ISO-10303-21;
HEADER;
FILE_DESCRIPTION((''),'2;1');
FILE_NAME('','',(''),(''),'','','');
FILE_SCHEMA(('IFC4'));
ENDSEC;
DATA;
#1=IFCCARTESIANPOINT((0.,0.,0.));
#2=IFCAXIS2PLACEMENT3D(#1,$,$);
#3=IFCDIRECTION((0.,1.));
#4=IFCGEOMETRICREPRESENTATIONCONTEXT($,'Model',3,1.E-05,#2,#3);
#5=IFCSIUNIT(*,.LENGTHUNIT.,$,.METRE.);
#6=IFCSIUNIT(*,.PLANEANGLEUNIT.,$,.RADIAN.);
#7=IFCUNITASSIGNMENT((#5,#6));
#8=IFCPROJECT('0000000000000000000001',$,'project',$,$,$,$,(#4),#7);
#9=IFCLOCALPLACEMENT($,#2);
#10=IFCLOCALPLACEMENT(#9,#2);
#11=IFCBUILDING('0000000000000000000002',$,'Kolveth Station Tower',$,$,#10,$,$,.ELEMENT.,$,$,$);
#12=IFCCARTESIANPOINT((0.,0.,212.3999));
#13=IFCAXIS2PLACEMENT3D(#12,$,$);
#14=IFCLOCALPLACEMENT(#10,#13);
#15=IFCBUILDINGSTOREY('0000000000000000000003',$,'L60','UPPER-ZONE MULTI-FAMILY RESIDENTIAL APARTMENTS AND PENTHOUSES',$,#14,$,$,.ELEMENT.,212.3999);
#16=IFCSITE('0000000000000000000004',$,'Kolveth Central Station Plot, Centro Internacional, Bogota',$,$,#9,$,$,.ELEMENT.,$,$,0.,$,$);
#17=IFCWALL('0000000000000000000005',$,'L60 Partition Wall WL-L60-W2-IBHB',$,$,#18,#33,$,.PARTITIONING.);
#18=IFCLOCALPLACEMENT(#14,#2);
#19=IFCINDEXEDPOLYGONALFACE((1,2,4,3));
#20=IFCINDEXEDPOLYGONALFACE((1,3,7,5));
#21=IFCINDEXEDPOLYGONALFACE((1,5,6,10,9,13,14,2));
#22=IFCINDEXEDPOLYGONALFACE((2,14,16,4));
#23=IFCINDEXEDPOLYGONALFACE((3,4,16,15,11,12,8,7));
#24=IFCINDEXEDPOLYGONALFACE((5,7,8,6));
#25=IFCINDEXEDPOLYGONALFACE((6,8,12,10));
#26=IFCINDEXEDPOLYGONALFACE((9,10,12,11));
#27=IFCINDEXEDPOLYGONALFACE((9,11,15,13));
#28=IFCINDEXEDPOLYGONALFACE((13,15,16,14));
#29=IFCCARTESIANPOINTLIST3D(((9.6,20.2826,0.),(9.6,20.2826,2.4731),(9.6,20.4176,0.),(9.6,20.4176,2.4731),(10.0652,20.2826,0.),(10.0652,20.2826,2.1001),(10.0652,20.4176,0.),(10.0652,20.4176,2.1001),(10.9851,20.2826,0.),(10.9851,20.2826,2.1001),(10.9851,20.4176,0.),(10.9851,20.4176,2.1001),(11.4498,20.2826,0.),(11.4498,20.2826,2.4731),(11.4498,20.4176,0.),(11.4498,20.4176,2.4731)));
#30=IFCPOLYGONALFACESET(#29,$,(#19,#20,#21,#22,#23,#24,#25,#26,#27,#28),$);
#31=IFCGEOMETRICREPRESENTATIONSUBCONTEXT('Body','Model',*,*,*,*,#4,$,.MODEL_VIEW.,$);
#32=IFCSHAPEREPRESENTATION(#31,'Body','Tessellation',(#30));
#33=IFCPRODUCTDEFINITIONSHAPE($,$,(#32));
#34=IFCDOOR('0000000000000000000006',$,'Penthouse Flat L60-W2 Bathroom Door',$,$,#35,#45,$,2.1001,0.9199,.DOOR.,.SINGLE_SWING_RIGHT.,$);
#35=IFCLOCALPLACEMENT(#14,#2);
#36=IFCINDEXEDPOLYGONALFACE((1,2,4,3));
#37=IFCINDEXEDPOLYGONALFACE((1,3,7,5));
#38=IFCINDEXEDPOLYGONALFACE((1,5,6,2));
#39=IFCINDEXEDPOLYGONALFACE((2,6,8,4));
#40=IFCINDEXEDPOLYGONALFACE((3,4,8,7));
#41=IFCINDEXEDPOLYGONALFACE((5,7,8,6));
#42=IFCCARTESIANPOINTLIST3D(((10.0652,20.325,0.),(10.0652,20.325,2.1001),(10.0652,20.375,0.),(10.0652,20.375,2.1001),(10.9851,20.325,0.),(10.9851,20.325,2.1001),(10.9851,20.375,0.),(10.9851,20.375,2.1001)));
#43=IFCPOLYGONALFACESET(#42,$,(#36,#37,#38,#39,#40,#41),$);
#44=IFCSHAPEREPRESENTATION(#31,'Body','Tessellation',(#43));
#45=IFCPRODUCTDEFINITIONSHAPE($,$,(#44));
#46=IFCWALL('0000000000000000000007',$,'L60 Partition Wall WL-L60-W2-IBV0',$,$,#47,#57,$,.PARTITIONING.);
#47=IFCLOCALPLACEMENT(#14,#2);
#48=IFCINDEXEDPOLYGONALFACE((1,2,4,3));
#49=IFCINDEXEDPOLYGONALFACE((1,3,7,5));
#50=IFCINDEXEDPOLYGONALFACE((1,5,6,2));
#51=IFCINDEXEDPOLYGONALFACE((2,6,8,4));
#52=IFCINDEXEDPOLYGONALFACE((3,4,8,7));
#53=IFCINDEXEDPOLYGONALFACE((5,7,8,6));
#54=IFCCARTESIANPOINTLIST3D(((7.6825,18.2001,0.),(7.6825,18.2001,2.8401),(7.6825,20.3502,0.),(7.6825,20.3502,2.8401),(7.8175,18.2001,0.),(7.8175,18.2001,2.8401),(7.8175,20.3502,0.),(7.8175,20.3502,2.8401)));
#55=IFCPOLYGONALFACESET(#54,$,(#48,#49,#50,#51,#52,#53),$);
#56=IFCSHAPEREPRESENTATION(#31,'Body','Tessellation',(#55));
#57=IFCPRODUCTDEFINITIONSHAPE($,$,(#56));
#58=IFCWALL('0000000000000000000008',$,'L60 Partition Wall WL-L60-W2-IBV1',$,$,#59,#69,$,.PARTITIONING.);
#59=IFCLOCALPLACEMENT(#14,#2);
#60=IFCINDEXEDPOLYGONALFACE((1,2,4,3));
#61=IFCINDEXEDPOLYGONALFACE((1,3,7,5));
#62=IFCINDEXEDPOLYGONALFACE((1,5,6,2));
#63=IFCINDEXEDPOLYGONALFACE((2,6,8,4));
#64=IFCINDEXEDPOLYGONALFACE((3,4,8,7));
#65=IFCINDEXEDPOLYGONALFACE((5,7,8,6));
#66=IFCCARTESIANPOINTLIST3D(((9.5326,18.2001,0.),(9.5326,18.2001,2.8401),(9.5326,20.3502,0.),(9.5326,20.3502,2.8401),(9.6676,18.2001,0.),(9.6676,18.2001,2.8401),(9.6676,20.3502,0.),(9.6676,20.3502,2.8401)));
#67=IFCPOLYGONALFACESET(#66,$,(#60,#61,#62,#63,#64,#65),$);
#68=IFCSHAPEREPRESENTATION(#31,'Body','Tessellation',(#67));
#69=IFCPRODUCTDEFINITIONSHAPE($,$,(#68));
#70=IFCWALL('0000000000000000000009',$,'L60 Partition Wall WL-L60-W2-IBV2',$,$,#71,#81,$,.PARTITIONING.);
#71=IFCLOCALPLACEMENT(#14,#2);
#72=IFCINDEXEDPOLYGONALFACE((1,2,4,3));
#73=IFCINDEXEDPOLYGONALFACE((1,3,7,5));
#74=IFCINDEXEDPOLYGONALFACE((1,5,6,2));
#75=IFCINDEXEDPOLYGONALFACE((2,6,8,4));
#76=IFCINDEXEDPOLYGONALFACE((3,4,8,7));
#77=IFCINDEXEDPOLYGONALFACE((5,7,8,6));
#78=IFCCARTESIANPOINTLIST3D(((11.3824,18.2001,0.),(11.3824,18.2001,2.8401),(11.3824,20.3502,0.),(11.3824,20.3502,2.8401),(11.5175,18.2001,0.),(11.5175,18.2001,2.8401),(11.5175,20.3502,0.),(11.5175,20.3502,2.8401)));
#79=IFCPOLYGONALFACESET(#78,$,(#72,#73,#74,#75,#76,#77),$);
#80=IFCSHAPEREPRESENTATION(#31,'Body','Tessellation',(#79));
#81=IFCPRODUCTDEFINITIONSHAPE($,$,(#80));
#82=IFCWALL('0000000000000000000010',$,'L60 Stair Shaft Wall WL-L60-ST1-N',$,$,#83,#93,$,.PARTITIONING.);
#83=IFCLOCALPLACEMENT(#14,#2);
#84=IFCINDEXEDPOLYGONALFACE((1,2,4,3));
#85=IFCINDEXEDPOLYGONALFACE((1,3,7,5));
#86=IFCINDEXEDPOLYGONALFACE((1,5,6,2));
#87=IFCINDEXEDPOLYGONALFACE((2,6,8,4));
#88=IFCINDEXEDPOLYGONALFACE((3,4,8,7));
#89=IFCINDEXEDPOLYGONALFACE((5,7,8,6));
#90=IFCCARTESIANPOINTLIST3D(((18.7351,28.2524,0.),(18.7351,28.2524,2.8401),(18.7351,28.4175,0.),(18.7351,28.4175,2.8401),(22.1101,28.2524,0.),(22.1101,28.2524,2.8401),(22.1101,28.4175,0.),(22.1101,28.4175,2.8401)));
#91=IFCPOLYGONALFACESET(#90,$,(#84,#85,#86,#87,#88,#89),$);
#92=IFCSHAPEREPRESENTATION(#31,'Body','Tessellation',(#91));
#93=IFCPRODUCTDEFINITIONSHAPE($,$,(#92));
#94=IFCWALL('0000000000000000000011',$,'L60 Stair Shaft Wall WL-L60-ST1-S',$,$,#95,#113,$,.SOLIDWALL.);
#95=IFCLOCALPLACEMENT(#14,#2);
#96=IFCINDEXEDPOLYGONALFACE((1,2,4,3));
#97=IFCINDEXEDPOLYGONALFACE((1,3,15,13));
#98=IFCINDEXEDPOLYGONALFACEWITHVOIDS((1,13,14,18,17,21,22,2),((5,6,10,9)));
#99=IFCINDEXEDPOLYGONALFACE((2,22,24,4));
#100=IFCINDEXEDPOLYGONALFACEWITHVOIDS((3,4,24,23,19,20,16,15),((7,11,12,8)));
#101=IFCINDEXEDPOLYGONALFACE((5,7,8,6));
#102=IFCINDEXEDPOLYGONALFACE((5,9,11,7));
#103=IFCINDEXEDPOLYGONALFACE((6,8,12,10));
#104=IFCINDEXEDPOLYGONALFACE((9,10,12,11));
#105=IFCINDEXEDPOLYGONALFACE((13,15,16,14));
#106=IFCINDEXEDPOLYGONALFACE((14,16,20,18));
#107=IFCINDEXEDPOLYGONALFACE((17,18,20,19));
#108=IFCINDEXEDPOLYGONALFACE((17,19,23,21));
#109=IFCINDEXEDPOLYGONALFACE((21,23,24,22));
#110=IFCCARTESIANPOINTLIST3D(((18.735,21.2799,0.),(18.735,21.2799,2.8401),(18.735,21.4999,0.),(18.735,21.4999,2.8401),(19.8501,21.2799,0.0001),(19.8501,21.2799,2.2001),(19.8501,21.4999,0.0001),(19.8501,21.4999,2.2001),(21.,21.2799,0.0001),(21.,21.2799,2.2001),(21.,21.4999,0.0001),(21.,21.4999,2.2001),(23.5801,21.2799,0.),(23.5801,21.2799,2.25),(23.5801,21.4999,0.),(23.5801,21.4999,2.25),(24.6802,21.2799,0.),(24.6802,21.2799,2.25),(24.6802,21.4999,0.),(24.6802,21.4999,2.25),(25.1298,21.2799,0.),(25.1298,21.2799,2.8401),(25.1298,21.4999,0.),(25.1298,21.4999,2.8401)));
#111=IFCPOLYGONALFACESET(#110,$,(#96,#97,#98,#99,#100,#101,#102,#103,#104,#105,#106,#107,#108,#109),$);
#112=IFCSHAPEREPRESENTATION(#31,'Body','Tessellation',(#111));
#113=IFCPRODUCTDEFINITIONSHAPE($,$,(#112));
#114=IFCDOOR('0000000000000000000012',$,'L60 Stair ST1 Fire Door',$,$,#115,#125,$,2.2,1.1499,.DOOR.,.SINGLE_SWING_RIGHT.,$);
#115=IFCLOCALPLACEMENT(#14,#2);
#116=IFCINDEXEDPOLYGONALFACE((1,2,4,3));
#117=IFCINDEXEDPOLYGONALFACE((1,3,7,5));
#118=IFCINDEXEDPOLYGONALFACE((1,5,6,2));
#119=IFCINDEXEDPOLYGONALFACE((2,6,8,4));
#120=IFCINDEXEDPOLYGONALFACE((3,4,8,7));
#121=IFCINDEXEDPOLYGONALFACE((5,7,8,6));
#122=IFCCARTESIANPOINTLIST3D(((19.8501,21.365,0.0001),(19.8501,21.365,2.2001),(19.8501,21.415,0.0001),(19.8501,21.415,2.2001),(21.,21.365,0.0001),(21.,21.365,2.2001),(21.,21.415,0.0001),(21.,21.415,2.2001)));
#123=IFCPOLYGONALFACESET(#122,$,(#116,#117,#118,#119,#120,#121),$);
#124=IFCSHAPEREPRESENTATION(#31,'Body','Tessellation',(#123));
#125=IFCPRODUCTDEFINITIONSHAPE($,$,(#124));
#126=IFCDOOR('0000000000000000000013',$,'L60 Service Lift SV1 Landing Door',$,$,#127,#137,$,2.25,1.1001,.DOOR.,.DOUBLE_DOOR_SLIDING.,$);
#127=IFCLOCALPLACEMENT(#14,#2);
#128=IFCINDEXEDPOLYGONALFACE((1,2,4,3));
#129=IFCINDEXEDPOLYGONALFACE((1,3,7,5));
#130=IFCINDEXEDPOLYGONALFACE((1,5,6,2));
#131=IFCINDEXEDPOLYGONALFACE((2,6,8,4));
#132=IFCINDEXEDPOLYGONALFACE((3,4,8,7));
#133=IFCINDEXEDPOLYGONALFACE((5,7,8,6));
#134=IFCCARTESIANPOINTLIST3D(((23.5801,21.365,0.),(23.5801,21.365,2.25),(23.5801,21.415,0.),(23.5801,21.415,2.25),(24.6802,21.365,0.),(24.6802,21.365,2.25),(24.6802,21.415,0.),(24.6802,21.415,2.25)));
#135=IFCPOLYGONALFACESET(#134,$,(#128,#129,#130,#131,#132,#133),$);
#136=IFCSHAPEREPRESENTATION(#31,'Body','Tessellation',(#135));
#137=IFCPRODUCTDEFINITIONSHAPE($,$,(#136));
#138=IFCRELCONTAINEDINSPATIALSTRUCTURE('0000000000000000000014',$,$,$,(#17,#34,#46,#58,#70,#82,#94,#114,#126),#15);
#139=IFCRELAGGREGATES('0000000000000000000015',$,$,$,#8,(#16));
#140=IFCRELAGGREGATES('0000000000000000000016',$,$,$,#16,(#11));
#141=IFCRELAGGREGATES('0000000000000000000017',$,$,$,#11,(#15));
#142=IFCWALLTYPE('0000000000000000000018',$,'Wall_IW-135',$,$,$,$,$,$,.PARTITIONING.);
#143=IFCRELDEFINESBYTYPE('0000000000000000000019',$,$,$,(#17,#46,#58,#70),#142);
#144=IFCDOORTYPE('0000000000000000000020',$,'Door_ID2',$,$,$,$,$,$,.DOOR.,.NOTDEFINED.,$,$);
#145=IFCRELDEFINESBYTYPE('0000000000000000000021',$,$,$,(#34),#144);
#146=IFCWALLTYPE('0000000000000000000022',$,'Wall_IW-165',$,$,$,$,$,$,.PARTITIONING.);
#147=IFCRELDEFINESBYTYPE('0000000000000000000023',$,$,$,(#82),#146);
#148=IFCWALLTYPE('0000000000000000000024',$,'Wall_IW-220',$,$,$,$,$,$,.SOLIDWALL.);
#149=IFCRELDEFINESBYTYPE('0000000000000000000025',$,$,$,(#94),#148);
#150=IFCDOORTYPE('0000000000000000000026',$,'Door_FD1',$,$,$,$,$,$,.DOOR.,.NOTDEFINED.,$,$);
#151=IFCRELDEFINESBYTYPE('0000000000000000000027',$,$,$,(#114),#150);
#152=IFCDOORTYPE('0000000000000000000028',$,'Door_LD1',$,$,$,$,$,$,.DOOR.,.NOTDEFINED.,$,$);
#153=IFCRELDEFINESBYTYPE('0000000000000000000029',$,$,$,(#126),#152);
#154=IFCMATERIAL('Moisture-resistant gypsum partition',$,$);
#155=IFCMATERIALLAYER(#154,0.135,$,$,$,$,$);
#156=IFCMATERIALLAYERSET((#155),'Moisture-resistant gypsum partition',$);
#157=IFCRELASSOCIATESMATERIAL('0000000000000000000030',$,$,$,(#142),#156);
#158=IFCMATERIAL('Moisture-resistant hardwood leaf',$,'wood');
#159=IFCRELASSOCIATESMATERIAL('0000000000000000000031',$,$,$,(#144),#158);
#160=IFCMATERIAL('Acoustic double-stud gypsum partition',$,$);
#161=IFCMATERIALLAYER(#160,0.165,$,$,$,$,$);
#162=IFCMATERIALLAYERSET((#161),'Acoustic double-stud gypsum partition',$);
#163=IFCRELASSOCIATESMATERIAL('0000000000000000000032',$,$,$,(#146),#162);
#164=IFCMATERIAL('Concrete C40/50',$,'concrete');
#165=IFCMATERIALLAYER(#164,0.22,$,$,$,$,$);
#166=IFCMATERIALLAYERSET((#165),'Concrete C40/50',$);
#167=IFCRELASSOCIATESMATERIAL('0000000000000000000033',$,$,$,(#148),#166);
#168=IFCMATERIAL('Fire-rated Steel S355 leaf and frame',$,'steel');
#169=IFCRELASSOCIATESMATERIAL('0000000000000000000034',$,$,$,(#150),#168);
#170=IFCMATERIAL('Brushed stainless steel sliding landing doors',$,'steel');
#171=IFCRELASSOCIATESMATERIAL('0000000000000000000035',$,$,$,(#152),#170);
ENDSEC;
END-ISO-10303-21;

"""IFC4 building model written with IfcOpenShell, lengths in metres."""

from ifc_helpers import new_model, si_unit, direction, frame, frame_2d, origin, place, context, subcontext, project, spatial, rectangle, extrude, material, layer, layer_set, type_object, element, fill, save


model = new_model("IFC4")

# Units and contexts
model_context = context("Model", 3, precision=1e-05, world=origin(), true_north=direction((0.0, 1.0)))
body_context = subcontext(model_context, "Body", "Model", "MODEL_VIEW")
ifc_project = project(units=[si_unit("LENGTHUNIT", "METRE"), si_unit("PLANEANGLEUNIT", "RADIAN")], contexts=[model_context])

# Site, building, storey
site_placement = place(None, origin())
site = spatial("IfcSite", under=ifc_project, at=site_placement, Name="Kolveth Central Station Plot, Centro Internacional, Bogota", CompositionType="ELEMENT", RefElevation=0.0)
building_placement = place(site_placement, origin())
building = spatial("IfcBuilding", under=site, at=building_placement, Name="Kolveth Station Tower", CompositionType="ELEMENT")
storey_placement = place(building_placement, frame((0.0, 0.0, 212.3999)))
storey = spatial("IfcBuildingStorey", under=building, at=storey_placement, Name="L60", Description="UPPER-ZONE MULTI-FAMILY RESIDENTIAL APARTMENTS AND PENTHOUSES", CompositionType="ELEMENT", Elevation=212.3999)

# Wall, opening, door
ifc_material_1 = material(Name="Moisture-resistant gypsum partition")
ifc_layer_1 = layer(ifc_material_1, 0.135)
ifc_layer_set_1 = layer_set([ifc_layer_1], Name="Moisture-resistant gypsum partition")
wall_type_1 = type_object("IfcWallType", Name="Wall_IW-135", PredefinedType="PARTITIONING", material=ifc_layer_set_1)
wall_1_placement = place(storey_placement, frame((9.6001, 20.3501, 0.0), z_axis=(0.0, 0.0, 1.0), x_axis=(1.0, 0.0, 0.0)))
wall_1 = element("IfcWall", 1, at=wall_1_placement, inside=storey, type_object=wall_type_1, Name="L60 Partition Wall WL-L60-W2-IBHB", PredefinedType="PARTITIONING", context=body_context, shape_type="SweptSolid", body=[
    extrude(rectangle(XDim=1.8499, YDim=0.135, at=frame_2d((0.9248, 0.0))), origin(), (0.0, 0.0, 1.0), 2.4731),
])
opening_1_placement = place(wall_1_placement, frame((0.4651, 0.0, 0.0)))
opening_1 = element("IfcOpeningElement", 2, at=opening_1_placement, cuts=wall_1, PredefinedType="OPENING", context=body_context, shape_type="SweptSolid", body=[
    extrude(rectangle(XDim=0.9199, YDim=2.1001, at=frame_2d((0.46, 1.05))), frame((0.0, 0.0774, 0.0), z_axis=(0.0, -1.0, 0.0), x_axis=(1.0, 0.0, 0.0)), (0.0, 0.0, 1.0), 0.155),
])
ifc_material_2 = material(Name="Moisture-resistant hardwood leaf", Category="wood")
door_type_1 = type_object("IfcDoorType", Name="Door_ID2", OperationType="NOTDEFINED", PredefinedType="DOOR", material=ifc_material_2)
door_1_placement = place(opening_1_placement, origin())
door_1 = element("IfcDoor", 3, at=door_1_placement, inside=storey, type_object=door_type_1, Name="Penthouse Flat L60-W2 Bathroom Door", OperationType="SINGLE_SWING_RIGHT", OverallHeight=2.1001, OverallWidth=0.9199, PredefinedType="DOOR", context=body_context, shape_type="SweptSolid", body=[
    extrude(rectangle(XDim=0.9199, YDim=2.1001, at=frame_2d((0.46, 1.05))), frame((0.0, 0.0249, 0.0), z_axis=(0.0, -1.0, 0.0), x_axis=(1.0, 0.0, 0.0)), (0.0, 0.0, 1.0), 0.05),
])
fill(opening_1, door_1)

# Walls
for number, where, z_axis, x_axis, name in (
    (4, (7.75, 18.2, 0.0), (0.0, 0.0, 1.0), (0.0, 1.0, 0.0), "L60 Partition Wall WL-L60-W2-IBV0"),
    (5, (9.6001, 18.2, 0.0), (0.0, 0.0, 1.0), (0.0, 1.0, 0.0), "L60 Partition Wall WL-L60-W2-IBV1"),
    (6, (11.45, 18.2, 0.0), (0.0, 0.0, 1.0), (0.0, 1.0, 0.0), "L60 Partition Wall WL-L60-W2-IBV2"),
):
    element("IfcWall", number, at=place(storey_placement, frame(where, z_axis=z_axis, x_axis=x_axis)), inside=storey, type_object=wall_type_1, Name=name, PredefinedType="PARTITIONING", context=body_context, shape_type="SweptSolid", body=[
        extrude(rectangle(XDim=2.1501, YDim=0.135, at=frame_2d((1.0752, 0.0))), origin(), (0.0, 0.0, 1.0), 2.8401),
    ])
ifc_material_3 = material(Name="Acoustic double-stud gypsum partition")
ifc_layer_2 = layer(ifc_material_3, 0.165)
ifc_layer_set_2 = layer_set([ifc_layer_2], Name="Acoustic double-stud gypsum partition")
wall_type_2 = type_object("IfcWallType", Name="Wall_IW-165", PredefinedType="PARTITIONING", material=ifc_layer_set_2)
wall_2_placement = place(storey_placement, frame((18.7351, 28.335, 0.0), z_axis=(0.0, 0.0, 1.0), x_axis=(1.0, 0.0, 0.0)))
element("IfcWall", 7, at=wall_2_placement, inside=storey, type_object=wall_type_2, Name="L60 Stair Shaft Wall WL-L60-ST1-N", PredefinedType="PARTITIONING", context=body_context, shape_type="SweptSolid", body=[
    extrude(rectangle(XDim=3.375, YDim=0.165, at=frame_2d((1.6875, 0.0))), origin(), (0.0, 0.0, 1.0), 2.8401),
])

# Wall, openings, doors
ifc_material_4 = material(Name="Concrete C40/50", Category="concrete")
ifc_layer_3 = layer(ifc_material_4, 0.22)
ifc_layer_set_3 = layer_set([ifc_layer_3], Name="Concrete C40/50")
wall_type_3 = type_object("IfcWallType", Name="Wall_IW-220", PredefinedType="SOLIDWALL", material=ifc_layer_set_3)
wall_3_placement = place(storey_placement, frame((18.7351, 21.3899, 0.0), z_axis=(0.0, 0.0, 1.0), x_axis=(1.0, 0.0, 0.0)))
wall_3 = element("IfcWall", 8, at=wall_3_placement, inside=storey, type_object=wall_type_3, Name="L60 Stair Shaft Wall WL-L60-ST1-S", PredefinedType="SOLIDWALL", context=body_context, shape_type="SweptSolid", body=[
    extrude(rectangle(XDim=6.3948, YDim=0.22, at=frame_2d((3.1973, 0.0))), origin(), (0.0, 0.0, 1.0), 2.8401),
])
opening_2_placement = place(wall_3_placement, frame((1.115, 0.0, 0.0)))
opening_2 = element("IfcOpeningElement", 9, at=opening_2_placement, cuts=wall_3, PredefinedType="OPENING", context=body_context, shape_type="SweptSolid", body=[
    extrude(rectangle(XDim=1.1499, YDim=2.2, at=frame_2d((0.575, 1.1001))), frame((0.0, 0.1199, 0.0), z_axis=(0.0, -1.0, 0.0), x_axis=(1.0, 0.0, 0.0)), (0.0, 0.0, 1.0), 0.24),
])
opening_3_placement = place(wall_3_placement, frame((4.845, 0.0, 0.0)))
opening_3 = element("IfcOpeningElement", 10, at=opening_3_placement, cuts=wall_3, PredefinedType="OPENING", context=body_context, shape_type="SweptSolid", body=[
    extrude(rectangle(XDim=1.1001, YDim=2.25, at=frame_2d((0.55, 1.125))), frame((0.0, 0.1199, 0.0), z_axis=(0.0, -1.0, 0.0), x_axis=(1.0, 0.0, 0.0)), (0.0, 0.0, 1.0), 0.24),
])
ifc_material_5 = material(Name="Fire-rated Steel S355 leaf and frame", Category="steel")
door_type_2 = type_object("IfcDoorType", Name="Door_FD1", OperationType="NOTDEFINED", PredefinedType="DOOR", material=ifc_material_5)
door_2_placement = place(opening_2_placement, frame((1.1499, 0.0, 0.0), z_axis=(0.0, 0.0, 1.0), x_axis=(-1.0, 0.0, 0.0)))
door_2 = element("IfcDoor", 11, at=door_2_placement, inside=storey, type_object=door_type_2, Name="L60 Stair ST1 Fire Door", OperationType="SINGLE_SWING_RIGHT", OverallHeight=2.2, OverallWidth=1.1499, PredefinedType="DOOR", context=body_context, shape_type="SweptSolid", body=[
    extrude(rectangle(XDim=1.1499, YDim=2.2, at=frame_2d((0.575, 1.1001))), frame((0.0, 0.0249, 0.0), z_axis=(0.0, -1.0, 0.0), x_axis=(1.0, 0.0, 0.0)), (0.0, 0.0, 1.0), 0.05),
])
fill(opening_2, door_2)
ifc_material_6 = material(Name="Brushed stainless steel sliding landing doors", Category="steel")
door_type_3 = type_object("IfcDoorType", Name="Door_LD1", OperationType="NOTDEFINED", PredefinedType="DOOR", material=ifc_material_6)
door_3_placement = place(opening_3_placement, frame((1.1001, 0.0, 0.0), z_axis=(0.0, 0.0, 1.0), x_axis=(-1.0, 0.0, 0.0)))
door_3 = element("IfcDoor", 12, at=door_3_placement, inside=storey, type_object=door_type_3, Name="L60 Service Lift SV1 Landing Door", OperationType="DOUBLE_DOOR_SLIDING", OverallHeight=2.25, OverallWidth=1.1001, PredefinedType="DOOR", context=body_context, shape_type="SweptSolid", body=[
    extrude(rectangle(XDim=1.1001, YDim=2.25, at=frame_2d((0.55, 1.125))), frame((0.0, 0.0249, 0.0), z_axis=(0.0, -1.0, 0.0), x_axis=(1.0, 0.0, 0.0)), (0.0, 0.0, 1.0), 0.05),
])
fill(opening_3, door_3)

save(model, "model.ifc")
